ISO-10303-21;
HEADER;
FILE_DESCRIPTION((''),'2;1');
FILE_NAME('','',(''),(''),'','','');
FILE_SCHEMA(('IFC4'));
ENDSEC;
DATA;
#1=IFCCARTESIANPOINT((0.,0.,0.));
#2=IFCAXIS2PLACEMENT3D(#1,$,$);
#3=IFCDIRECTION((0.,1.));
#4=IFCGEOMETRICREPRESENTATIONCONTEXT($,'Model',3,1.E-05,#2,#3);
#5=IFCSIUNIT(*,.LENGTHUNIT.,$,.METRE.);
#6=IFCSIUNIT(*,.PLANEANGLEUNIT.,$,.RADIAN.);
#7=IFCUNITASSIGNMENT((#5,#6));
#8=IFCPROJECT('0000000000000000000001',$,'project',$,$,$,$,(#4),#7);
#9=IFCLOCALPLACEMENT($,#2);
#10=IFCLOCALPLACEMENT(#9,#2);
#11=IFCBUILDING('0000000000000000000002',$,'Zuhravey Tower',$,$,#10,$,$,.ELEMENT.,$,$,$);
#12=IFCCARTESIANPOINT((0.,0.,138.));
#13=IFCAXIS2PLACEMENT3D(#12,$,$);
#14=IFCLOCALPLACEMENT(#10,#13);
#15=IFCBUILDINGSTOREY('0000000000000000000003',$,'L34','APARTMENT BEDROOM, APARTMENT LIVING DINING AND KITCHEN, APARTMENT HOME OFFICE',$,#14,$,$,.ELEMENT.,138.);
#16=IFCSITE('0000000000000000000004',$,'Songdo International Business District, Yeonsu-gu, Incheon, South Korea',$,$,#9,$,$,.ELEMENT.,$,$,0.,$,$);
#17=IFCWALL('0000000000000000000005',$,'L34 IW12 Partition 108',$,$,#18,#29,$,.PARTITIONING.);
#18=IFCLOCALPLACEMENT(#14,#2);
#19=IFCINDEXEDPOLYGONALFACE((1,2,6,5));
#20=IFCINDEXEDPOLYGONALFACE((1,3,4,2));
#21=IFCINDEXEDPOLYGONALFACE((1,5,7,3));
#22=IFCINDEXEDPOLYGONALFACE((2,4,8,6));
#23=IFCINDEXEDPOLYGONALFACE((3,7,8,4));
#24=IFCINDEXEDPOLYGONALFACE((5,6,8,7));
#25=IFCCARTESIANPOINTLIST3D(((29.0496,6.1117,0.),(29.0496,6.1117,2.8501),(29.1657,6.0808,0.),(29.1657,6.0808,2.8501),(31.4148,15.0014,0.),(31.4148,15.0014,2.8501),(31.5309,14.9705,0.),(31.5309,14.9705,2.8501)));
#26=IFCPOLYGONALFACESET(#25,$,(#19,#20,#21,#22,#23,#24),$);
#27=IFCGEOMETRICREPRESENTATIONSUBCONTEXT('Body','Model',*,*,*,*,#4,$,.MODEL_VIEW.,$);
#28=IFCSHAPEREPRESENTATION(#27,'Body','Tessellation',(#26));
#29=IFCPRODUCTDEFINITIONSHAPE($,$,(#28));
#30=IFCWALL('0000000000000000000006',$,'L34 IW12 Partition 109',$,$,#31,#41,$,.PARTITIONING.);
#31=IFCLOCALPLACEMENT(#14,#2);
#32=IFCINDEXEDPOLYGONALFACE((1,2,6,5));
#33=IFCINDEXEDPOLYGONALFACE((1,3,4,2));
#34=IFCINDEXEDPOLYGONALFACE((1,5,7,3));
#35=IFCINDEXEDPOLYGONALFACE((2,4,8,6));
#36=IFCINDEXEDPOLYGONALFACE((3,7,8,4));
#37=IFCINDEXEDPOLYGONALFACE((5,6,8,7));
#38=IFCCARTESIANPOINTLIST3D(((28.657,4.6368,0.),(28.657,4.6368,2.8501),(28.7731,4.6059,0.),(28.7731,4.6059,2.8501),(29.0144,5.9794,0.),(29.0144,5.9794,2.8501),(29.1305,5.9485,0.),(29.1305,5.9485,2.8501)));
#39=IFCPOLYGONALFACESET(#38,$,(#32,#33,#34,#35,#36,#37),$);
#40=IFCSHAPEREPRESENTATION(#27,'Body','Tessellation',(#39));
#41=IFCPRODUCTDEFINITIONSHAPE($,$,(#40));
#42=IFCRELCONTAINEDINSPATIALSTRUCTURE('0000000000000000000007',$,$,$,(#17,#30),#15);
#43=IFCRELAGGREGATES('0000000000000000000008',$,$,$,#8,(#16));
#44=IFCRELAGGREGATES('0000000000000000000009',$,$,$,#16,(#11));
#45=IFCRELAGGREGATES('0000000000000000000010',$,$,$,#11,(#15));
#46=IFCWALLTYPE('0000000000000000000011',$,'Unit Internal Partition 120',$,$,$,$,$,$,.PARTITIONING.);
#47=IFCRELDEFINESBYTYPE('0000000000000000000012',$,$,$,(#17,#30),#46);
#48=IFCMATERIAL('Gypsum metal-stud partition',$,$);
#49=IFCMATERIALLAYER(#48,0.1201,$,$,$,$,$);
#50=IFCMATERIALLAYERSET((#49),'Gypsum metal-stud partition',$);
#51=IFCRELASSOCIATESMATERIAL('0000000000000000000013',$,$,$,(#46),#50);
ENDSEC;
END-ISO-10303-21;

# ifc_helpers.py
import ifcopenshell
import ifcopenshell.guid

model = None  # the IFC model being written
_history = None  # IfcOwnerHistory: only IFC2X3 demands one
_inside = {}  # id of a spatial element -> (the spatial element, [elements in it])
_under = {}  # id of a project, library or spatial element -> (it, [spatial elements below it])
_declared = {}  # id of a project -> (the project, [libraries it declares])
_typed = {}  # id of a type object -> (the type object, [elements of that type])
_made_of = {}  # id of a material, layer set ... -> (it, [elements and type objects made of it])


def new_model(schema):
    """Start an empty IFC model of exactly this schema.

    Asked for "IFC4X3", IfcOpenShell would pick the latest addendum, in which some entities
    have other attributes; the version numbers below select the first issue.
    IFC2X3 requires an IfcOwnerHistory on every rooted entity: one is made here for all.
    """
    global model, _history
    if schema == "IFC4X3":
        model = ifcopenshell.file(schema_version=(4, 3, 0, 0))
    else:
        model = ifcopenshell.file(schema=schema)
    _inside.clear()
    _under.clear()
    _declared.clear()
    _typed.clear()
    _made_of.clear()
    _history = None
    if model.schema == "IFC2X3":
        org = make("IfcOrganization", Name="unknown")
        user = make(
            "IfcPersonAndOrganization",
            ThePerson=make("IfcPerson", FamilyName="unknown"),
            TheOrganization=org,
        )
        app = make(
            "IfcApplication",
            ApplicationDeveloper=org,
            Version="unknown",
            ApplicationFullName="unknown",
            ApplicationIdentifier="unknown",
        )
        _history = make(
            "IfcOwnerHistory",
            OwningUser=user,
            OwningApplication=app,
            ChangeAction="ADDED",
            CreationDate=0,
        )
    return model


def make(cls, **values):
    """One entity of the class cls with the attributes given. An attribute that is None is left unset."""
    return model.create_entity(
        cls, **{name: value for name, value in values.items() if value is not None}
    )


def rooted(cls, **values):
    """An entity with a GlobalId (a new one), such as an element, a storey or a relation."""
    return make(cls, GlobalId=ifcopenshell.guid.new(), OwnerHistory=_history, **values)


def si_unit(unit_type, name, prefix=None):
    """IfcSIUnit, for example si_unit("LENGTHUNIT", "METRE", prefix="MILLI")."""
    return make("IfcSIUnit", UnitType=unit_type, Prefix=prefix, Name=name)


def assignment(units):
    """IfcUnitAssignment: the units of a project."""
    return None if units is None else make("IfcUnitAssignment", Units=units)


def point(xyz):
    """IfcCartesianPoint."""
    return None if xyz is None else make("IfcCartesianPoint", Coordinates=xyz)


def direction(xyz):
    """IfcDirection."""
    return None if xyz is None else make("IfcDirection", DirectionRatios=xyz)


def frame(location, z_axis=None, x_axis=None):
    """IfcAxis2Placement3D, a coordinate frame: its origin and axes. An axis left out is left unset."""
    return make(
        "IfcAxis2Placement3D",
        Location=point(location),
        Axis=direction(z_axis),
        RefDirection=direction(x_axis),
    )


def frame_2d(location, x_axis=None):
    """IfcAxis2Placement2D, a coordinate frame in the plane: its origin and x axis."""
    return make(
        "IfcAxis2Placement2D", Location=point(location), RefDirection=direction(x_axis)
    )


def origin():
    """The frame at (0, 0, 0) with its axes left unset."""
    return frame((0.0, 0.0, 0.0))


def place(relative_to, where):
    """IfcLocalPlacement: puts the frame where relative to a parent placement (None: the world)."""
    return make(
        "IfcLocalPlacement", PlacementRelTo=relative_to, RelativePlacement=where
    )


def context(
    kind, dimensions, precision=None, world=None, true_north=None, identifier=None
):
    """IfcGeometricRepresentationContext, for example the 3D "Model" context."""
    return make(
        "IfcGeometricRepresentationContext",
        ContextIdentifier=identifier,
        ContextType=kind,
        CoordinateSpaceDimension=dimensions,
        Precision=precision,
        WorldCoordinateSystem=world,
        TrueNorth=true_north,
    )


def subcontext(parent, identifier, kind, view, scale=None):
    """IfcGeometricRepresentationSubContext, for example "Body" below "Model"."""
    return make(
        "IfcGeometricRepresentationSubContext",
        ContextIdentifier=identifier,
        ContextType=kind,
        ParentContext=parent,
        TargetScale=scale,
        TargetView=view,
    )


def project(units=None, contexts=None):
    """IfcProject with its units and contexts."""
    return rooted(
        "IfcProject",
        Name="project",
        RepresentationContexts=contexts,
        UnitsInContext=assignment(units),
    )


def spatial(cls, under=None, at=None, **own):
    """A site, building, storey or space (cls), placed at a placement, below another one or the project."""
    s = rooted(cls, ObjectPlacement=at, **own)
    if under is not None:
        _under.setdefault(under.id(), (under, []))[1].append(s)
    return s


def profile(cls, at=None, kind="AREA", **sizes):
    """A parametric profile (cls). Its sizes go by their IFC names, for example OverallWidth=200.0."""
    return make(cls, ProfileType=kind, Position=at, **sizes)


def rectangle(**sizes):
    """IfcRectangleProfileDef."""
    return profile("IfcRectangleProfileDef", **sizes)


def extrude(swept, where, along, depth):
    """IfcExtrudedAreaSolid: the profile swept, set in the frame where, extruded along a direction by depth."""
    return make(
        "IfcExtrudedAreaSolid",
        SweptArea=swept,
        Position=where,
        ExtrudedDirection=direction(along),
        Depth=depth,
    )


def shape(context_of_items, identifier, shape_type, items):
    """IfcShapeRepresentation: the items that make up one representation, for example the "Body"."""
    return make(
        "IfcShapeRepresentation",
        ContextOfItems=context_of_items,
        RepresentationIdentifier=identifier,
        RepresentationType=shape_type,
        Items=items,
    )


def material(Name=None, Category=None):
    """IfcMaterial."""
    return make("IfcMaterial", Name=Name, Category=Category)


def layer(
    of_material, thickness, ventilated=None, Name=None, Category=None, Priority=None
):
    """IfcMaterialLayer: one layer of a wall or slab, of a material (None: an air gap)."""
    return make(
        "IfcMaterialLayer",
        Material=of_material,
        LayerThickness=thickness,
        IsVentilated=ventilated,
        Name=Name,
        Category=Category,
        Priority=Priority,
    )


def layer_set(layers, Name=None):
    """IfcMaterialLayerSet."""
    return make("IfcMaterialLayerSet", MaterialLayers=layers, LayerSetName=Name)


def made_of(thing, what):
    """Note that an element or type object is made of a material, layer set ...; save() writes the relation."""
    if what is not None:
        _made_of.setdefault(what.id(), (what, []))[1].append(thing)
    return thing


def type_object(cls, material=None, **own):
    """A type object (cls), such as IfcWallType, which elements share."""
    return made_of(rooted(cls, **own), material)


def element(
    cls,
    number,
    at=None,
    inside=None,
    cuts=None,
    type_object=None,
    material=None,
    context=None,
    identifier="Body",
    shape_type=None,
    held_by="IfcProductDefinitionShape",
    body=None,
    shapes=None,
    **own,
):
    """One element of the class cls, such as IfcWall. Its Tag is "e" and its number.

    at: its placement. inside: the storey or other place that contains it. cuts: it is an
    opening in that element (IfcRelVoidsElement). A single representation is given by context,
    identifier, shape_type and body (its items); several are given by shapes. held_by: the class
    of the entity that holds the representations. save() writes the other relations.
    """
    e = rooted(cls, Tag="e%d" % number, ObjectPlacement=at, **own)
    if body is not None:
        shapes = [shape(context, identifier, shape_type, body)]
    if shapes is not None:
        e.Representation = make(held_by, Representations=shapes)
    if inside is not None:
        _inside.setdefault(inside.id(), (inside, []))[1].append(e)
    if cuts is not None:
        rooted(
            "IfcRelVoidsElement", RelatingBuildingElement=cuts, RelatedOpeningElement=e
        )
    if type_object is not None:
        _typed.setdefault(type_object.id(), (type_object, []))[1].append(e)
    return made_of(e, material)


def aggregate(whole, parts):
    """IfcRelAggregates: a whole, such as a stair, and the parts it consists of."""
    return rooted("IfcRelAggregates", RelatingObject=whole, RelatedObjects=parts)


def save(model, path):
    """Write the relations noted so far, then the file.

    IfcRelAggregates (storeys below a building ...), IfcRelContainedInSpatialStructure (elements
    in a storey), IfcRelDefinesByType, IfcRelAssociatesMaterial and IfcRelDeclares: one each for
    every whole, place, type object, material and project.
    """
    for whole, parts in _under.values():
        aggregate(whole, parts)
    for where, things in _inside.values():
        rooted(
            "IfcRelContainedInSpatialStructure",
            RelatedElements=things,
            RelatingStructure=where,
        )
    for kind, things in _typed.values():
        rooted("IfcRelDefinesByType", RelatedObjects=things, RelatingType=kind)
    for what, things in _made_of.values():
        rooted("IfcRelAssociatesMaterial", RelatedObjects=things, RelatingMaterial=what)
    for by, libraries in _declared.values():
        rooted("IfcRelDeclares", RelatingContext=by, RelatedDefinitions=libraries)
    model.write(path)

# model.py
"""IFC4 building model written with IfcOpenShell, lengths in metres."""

from ifc_helpers import new_model, si_unit, direction, frame, frame_2d, origin, place, context, subcontext, project, spatial, rectangle, extrude, material, layer, layer_set, type_object, element, save


model = new_model("IFC4")

# Units and contexts
model_context = context("Model", 3, precision=1e-05, world=origin(), true_north=direction((0.0, 1.0)))
body_context = subcontext(model_context, "Body", "Model", "MODEL_VIEW")
ifc_project = project(units=[si_unit("LENGTHUNIT", "METRE"), si_unit("PLANEANGLEUNIT", "RADIAN")], contexts=[model_context])

# Site, building, storey
site_placement = place(None, origin())
site = spatial("IfcSite", under=ifc_project, at=site_placement, Name="Songdo International Business District, Yeonsu-gu, Incheon, South Korea", CompositionType="ELEMENT", RefElevation=0.0)
building_placement = place(site_placement, origin())
building = spatial("IfcBuilding", under=site, at=building_placement, Name="Zuhravey Tower", CompositionType="ELEMENT")
storey_placement = place(building_placement, frame((0.0, 0.0, 138.0)))
storey = spatial("IfcBuildingStorey", under=building, at=storey_placement, Name="L34", Description="APARTMENT BEDROOM, APARTMENT LIVING DINING AND KITCHEN, APARTMENT HOME OFFICE", CompositionType="ELEMENT", Elevation=138.0)

# Shared definitions
ifc_material_1 = material(Name="Gypsum metal-stud partition")
ifc_layer_1 = layer(ifc_material_1, 0.1201)
ifc_layer_set_1 = layer_set([ifc_layer_1], Name="Gypsum metal-stud partition")
wall_type_1 = type_object("IfcWallType", Name="Unit Internal Partition 120", PredefinedType="PARTITIONING", material=ifc_layer_set_1)

# Walls
wall_1_placement = place(storey_placement, frame((31.4729, 14.9861, 0.0), z_axis=(0.0, 0.0, 1.0), x_axis=(-0.257121, -0.966379, 0.0)))
element("IfcWall", 1, at=wall_1_placement, inside=storey, type_object=wall_type_1, Name="L34 IW12 Partition 108", PredefinedType="PARTITIONING", context=body_context, shape_type="SweptSolid", body=[
    extrude(rectangle(XDim=9.199, YDim=0.1201, at=frame_2d((4.5996, 0.0))), origin(), (0.0, 0.0, 1.0), 2.8501),
])
wall_2_placement = place(storey_placement, frame((29.0725, 5.9641, 0.0), z_axis=(0.0, 0.0, 1.0), x_axis=(-0.257269, -0.96634, 0.0)))
element("IfcWall", 2, at=wall_2_placement, inside=storey, type_object=wall_type_1, Name="L34 IW12 Partition 109", PredefinedType="PARTITIONING", context=body_context, shape_type="SweptSolid", body=[
    extrude(rectangle(XDim=1.3894, YDim=0.1201, at=frame_2d((0.6948, 0.0))), origin(), (0.0, 0.0, 1.0), 2.8501),
])

save(model, "model.ifc")
